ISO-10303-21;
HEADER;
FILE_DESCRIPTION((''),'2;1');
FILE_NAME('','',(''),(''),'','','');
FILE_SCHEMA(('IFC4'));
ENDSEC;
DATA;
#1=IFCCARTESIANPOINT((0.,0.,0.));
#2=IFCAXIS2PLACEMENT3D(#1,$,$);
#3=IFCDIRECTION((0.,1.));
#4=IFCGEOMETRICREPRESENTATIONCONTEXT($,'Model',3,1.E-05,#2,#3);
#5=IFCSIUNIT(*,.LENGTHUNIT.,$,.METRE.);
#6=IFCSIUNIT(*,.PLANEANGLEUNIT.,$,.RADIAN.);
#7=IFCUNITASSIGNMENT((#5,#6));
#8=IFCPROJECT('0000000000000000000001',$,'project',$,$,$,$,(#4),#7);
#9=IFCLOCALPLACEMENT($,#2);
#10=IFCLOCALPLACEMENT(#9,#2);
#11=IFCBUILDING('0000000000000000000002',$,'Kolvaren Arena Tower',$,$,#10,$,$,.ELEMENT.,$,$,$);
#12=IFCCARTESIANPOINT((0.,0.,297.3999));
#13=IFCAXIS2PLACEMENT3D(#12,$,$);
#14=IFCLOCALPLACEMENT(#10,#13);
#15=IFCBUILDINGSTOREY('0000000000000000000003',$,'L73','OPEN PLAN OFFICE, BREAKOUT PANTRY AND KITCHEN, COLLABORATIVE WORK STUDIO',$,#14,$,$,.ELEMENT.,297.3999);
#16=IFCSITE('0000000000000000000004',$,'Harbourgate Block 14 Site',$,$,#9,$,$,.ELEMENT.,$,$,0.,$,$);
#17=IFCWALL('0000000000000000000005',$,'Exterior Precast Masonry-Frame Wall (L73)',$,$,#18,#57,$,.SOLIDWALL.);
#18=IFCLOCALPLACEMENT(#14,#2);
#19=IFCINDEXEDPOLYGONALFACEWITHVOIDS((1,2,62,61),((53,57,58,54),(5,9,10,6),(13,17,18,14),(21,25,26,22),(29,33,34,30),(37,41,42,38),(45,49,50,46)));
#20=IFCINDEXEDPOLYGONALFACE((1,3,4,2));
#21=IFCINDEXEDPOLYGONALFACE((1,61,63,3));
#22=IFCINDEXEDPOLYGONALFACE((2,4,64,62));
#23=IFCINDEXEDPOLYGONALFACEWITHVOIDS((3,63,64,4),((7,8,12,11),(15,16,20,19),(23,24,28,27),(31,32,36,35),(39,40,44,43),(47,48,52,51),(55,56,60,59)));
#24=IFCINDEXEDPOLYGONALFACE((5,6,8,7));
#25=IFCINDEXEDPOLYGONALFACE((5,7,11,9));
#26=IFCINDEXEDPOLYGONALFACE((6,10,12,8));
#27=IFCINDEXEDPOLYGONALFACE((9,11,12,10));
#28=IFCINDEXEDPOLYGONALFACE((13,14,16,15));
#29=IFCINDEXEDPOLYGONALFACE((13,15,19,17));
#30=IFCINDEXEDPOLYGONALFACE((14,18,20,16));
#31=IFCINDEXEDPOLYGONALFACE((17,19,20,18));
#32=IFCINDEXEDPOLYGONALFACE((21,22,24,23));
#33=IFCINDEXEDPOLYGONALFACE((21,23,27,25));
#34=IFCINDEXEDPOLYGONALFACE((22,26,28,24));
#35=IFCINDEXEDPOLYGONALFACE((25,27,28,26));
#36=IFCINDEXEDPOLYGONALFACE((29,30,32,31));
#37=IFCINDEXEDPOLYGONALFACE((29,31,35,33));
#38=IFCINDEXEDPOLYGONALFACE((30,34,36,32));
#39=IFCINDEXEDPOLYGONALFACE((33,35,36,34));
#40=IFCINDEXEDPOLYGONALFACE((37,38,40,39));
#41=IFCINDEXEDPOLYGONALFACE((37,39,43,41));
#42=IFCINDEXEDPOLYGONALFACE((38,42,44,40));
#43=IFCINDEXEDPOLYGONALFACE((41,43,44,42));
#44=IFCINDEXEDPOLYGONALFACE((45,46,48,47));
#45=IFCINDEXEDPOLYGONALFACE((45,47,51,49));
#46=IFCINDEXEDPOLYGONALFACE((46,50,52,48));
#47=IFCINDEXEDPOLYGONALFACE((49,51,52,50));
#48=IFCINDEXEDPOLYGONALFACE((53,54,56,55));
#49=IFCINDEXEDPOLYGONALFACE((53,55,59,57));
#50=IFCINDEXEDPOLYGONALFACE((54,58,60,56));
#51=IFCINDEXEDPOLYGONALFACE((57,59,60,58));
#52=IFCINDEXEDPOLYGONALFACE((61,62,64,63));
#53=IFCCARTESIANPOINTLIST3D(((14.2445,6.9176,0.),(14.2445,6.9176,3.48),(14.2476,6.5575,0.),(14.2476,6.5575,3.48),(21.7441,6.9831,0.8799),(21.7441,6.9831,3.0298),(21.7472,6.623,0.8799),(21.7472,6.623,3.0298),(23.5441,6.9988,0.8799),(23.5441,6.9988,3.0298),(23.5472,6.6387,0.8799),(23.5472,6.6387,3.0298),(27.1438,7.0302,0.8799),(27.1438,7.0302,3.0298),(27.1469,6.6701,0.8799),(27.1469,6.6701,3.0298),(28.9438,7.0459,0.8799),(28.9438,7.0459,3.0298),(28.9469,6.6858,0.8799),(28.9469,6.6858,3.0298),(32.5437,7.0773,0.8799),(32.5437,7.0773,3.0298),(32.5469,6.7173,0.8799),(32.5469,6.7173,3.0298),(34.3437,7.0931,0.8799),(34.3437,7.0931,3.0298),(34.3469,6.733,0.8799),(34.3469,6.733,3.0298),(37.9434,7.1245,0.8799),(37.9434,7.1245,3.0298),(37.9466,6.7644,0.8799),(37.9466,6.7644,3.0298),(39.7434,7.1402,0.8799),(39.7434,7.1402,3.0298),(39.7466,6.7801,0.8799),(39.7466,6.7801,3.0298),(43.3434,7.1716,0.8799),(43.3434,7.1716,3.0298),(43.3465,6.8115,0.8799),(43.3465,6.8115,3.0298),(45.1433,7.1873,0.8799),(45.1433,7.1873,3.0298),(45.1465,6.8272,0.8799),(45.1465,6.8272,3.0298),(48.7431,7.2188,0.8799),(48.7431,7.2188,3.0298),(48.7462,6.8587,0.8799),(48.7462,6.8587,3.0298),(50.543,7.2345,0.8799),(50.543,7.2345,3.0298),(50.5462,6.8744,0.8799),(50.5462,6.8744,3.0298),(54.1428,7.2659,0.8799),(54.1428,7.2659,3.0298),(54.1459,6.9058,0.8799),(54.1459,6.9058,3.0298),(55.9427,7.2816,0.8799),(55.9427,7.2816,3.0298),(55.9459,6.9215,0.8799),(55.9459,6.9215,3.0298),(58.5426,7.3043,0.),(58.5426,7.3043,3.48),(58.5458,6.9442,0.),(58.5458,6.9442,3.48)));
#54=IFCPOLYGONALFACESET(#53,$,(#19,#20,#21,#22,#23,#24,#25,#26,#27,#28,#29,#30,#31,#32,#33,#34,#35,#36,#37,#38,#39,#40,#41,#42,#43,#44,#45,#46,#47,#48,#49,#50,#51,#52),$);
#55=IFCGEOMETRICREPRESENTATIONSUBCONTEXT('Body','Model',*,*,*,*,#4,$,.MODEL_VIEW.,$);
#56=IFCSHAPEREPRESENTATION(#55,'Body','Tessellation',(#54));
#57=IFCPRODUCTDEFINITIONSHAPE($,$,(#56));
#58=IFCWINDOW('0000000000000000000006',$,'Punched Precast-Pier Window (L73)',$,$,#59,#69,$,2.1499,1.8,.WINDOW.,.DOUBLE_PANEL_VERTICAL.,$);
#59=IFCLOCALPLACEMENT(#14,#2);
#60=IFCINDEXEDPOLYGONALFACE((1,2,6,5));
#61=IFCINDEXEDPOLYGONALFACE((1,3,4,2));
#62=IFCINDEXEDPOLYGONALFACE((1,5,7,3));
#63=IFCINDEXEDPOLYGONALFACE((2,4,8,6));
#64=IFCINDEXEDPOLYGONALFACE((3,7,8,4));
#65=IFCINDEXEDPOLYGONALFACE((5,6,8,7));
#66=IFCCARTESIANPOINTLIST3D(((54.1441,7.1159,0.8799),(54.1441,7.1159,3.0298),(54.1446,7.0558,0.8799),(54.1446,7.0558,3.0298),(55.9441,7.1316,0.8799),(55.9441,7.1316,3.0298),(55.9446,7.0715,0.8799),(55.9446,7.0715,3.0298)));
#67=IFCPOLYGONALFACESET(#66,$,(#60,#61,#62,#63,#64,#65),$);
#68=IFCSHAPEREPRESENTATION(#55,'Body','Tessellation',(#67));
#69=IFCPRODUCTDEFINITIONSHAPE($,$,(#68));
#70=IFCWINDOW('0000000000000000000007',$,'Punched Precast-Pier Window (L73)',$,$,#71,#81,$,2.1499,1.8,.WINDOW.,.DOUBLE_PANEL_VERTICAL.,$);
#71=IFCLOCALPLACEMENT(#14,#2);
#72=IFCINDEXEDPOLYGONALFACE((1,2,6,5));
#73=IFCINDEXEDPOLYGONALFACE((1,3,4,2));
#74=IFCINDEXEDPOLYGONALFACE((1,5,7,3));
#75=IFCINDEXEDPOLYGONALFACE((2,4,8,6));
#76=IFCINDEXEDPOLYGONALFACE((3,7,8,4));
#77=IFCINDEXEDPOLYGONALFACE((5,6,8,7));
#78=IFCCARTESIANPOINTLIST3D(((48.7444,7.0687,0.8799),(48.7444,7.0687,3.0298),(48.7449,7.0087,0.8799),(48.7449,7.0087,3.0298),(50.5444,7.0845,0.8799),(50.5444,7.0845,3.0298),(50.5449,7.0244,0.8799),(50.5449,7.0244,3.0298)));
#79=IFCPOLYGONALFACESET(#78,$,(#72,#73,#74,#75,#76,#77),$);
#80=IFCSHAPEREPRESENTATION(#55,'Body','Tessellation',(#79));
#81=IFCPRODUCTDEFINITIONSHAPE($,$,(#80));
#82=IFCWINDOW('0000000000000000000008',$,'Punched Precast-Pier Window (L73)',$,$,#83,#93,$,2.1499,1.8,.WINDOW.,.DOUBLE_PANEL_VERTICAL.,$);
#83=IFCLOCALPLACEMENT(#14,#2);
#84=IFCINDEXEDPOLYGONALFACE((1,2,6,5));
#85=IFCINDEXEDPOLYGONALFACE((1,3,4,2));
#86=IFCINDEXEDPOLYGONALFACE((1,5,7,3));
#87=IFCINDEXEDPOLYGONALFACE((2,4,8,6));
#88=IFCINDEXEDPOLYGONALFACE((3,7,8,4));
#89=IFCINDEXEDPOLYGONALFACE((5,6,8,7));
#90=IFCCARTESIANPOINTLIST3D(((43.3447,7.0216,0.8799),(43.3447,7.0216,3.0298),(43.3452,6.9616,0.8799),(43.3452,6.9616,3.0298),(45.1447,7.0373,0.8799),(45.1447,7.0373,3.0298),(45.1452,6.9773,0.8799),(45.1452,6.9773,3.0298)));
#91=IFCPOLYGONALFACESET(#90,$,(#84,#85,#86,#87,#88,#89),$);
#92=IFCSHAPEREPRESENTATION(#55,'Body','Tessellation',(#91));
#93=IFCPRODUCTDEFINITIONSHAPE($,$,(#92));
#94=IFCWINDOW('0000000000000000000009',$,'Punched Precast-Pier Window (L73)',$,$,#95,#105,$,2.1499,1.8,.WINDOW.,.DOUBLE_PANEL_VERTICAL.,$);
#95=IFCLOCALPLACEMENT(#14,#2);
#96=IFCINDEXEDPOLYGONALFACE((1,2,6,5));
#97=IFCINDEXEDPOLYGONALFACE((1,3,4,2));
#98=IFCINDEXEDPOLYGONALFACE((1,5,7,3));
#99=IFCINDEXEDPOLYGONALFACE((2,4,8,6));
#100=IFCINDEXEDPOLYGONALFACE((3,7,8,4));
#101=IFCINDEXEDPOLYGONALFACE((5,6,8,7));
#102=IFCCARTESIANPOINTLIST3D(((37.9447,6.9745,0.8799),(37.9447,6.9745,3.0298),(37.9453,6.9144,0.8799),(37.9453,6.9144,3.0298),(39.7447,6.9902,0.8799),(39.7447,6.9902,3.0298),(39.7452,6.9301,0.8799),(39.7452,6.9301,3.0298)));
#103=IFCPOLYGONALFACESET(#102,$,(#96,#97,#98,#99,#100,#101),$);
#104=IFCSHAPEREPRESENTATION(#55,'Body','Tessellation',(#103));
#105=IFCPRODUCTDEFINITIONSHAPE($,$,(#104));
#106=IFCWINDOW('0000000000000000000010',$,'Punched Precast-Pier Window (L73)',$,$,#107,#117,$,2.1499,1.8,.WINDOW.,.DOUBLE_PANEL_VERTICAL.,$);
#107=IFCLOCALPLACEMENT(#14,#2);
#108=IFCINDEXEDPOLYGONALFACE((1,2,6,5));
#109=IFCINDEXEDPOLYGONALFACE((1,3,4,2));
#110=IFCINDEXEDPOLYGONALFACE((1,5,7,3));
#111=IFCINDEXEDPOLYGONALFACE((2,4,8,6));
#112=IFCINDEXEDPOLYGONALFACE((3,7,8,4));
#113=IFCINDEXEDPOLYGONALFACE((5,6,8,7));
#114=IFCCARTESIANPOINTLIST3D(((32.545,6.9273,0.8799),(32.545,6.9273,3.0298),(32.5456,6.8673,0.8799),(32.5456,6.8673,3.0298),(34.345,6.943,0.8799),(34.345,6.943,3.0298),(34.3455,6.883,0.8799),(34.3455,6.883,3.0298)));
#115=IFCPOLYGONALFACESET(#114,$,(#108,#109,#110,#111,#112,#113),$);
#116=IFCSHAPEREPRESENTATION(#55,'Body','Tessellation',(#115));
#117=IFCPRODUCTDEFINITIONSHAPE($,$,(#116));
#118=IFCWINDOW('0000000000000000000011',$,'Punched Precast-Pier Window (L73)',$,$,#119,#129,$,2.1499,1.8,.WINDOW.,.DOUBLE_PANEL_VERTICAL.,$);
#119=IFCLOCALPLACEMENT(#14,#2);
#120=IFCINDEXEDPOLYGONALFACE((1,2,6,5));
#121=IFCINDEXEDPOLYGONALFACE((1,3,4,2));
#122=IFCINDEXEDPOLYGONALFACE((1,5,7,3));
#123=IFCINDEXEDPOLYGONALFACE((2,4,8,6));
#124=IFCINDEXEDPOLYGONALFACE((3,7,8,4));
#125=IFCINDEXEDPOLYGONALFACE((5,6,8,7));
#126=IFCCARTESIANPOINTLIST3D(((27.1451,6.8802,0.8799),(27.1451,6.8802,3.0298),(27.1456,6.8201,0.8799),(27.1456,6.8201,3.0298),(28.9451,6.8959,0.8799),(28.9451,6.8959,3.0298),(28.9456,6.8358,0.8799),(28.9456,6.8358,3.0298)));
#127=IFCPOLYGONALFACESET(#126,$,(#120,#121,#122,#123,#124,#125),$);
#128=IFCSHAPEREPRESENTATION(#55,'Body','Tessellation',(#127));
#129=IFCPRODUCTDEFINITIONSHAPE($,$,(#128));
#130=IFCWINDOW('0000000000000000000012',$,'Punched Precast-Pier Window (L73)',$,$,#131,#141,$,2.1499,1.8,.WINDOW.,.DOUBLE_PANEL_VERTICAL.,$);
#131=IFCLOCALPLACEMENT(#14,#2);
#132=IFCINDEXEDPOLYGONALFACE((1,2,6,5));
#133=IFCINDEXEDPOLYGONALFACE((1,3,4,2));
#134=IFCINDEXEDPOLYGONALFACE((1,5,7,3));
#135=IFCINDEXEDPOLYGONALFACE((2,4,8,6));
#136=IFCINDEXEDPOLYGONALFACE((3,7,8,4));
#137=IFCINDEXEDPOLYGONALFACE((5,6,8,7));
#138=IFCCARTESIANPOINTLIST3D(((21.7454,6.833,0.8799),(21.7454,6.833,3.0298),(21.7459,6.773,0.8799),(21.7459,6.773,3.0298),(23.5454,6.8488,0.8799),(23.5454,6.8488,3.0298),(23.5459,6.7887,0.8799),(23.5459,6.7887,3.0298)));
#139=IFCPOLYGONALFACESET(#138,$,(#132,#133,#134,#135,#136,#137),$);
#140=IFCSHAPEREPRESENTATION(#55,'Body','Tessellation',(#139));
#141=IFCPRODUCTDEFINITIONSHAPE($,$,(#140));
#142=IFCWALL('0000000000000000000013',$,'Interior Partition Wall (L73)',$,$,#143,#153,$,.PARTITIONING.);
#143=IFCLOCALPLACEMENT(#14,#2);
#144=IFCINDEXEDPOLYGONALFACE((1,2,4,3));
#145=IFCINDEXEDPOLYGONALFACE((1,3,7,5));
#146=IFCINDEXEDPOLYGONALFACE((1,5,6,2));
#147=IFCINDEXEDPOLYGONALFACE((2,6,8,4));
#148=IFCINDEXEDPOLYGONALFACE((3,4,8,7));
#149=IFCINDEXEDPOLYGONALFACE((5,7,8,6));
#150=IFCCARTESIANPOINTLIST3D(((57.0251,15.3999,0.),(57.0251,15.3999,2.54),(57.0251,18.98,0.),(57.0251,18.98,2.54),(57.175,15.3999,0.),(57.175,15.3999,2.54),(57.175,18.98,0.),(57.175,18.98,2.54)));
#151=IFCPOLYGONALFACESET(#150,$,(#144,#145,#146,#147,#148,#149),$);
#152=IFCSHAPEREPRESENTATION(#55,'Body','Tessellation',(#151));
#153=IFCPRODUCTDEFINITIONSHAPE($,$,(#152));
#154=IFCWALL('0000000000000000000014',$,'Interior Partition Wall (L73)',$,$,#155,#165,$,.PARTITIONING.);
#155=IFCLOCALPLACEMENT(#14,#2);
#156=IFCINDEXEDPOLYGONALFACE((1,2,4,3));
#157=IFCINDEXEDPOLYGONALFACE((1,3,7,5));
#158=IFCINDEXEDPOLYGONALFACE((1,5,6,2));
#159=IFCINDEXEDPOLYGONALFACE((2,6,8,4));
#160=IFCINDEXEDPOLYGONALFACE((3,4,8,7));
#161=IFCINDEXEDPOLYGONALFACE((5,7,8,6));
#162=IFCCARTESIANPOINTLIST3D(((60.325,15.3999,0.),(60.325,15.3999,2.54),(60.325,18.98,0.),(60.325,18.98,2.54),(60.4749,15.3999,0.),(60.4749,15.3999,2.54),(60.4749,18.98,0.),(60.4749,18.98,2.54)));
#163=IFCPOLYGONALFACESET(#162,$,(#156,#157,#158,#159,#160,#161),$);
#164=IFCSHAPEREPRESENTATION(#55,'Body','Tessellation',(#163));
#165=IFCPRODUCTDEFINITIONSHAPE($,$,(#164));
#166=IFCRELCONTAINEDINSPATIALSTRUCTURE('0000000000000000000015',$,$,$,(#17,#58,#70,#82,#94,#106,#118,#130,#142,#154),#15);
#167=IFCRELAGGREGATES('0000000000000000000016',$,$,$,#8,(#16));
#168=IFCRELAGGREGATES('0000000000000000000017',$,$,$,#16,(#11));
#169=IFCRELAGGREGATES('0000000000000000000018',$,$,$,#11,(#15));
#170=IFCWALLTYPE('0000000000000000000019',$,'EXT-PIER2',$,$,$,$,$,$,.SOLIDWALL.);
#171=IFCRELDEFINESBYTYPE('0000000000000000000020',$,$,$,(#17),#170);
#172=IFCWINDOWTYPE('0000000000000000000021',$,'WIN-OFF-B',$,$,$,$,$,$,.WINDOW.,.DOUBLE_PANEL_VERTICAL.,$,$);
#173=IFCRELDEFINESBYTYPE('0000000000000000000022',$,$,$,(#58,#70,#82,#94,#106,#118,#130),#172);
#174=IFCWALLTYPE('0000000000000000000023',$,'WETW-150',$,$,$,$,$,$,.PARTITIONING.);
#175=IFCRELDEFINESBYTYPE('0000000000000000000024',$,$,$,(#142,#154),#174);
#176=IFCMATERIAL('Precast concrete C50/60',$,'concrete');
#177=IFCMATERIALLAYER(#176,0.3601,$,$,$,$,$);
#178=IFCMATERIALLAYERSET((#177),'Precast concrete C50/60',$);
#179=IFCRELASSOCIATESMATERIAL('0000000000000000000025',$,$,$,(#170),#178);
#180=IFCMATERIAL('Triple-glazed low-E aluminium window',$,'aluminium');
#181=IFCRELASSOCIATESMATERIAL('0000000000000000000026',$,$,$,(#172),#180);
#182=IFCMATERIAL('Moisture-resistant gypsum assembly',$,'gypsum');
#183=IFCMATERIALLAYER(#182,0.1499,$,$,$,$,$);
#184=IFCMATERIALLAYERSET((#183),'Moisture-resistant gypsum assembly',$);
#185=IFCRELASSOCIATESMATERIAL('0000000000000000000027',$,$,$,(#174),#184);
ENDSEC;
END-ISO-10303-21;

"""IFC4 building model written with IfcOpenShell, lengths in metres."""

from ifc_helpers import new_model, si_unit, direction, frame, frame_2d, origin, place, context, subcontext, project, spatial, rectangle, extrude, material, layer, layer_set, type_object, element, fill, save


model = new_model("IFC4")

# Units and contexts
model_context = context("Model", 3, precision=1e-05, world=origin(), true_north=direction((0.0, 1.0)))
body_context = subcontext(model_context, "Body", "Model", "MODEL_VIEW")
ifc_project = project(units=[si_unit("LENGTHUNIT", "METRE"), si_unit("PLANEANGLEUNIT", "RADIAN")], contexts=[model_context])

# Site, building, storey
site_placement = place(None, origin())
site = spatial("IfcSite", under=ifc_project, at=site_placement, Name="Harbourgate Block 14 Site", CompositionType="ELEMENT", RefElevation=0.0)
building_placement = place(site_placement, origin())
building = spatial("IfcBuilding", under=site, at=building_placement, Name="Kolvaren Arena Tower", CompositionType="ELEMENT")
storey_placement = place(building_placement, frame((0.0, 0.0, 297.3999)))
storey = spatial("IfcBuildingStorey", under=building, at=storey_placement, Name="L73", Description="OPEN PLAN OFFICE, BREAKOUT PANTRY AND KITCHEN, COLLABORATIVE WORK STUDIO", CompositionType="ELEMENT", Elevation=297.3999)

# Shared definitions
ifc_material_1 = material(Name="Precast concrete C50/60", Category="concrete")

# Shared definitions
ifc_layer_1 = layer(ifc_material_1, 0.3601)
ifc_layer_set_1 = layer_set([ifc_layer_1], Name="Precast concrete C50/60")
wall_type_1 = type_object("IfcWallType", Name="EXT-PIER2", PredefinedType="SOLIDWALL", material=ifc_layer_set_1)

# Wall, openings, windows
wall_1_placement = place(storey_placement, frame((58.5442, 7.1243, 0.0), z_axis=(0.0, 0.0, 1.0), x_axis=(-0.999962, -0.00873, 0.0)))
wall_1 = element("IfcWall", 1, at=wall_1_placement, inside=storey, type_object=wall_type_1, Name="Exterior Precast Masonry-Frame Wall (L73)", PredefinedType="SOLIDWALL", context=body_context, shape_type="SweptSolid", body=[
    extrude(rectangle(XDim=44.2998, YDim=0.3601, at=frame_2d((22.1499, 0.0))), origin(), (0.0, 0.0, 1.0), 3.48),
])
opening_1_placement = place(wall_1_placement, frame((2.6001, 0.0, 0.8799)))
opening_1 = element("IfcOpeningElement", 2, at=opening_1_placement, cuts=wall_1, PredefinedType="OPENING", context=body_context, shape_type="SweptSolid", body=[
    extrude(rectangle(XDim=1.8, YDim=2.1499, at=frame_2d((0.8999, 1.075))), frame((0.0, 0.1899, 0.0), z_axis=(0.0, -1.0, 0.0), x_axis=(1.0, 0.0, 0.0)), (0.0, 0.0, 1.0), 0.3801),
])
opening_2_placement = place(wall_1_placement, frame((8.0, 0.0, 0.8799)))
opening_2 = element("IfcOpeningElement", 3, at=opening_2_placement, cuts=wall_1, PredefinedType="OPENING", context=body_context, shape_type="SweptSolid", body=[
    extrude(rectangle(XDim=1.8, YDim=2.1499, at=frame_2d((0.8999, 1.075))), frame((0.0, 0.1899, 0.0), z_axis=(0.0, -1.0, 0.0), x_axis=(1.0, 0.0, 0.0)), (0.0, 0.0, 1.0), 0.3801),
])
opening_3_placement = place(wall_1_placement, frame((13.3999, 0.0, 0.8799)))
opening_3 = element("IfcOpeningElement", 4, at=opening_3_placement, cuts=wall_1, PredefinedType="OPENING", context=body_context, shape_type="SweptSolid", body=[
    extrude(rectangle(XDim=1.8, YDim=2.1499, at=frame_2d((0.8999, 1.075))), frame((0.0, 0.1899, 0.0), z_axis=(0.0, -1.0, 0.0), x_axis=(1.0, 0.0, 0.0)), (0.0, 0.0, 1.0), 0.3801),
])
opening_4_placement = place(wall_1_placement, frame((18.8, 0.0, 0.8799)))
opening_4 = element("IfcOpeningElement", 5, at=opening_4_placement, cuts=wall_1, PredefinedType="OPENING", context=body_context, shape_type="SweptSolid", body=[
    extrude(rectangle(XDim=1.8, YDim=2.1499, at=frame_2d((0.8999, 1.075))), frame((0.0, 0.1899, 0.0), z_axis=(0.0, -1.0, 0.0), x_axis=(1.0, 0.0, 0.0)), (0.0, 0.0, 1.0), 0.3801),
])
opening_5_placement = place(wall_1_placement, frame((24.2, 0.0, 0.8799)))
opening_5 = element("IfcOpeningElement", 6, at=opening_5_placement, cuts=wall_1, PredefinedType="OPENING", context=body_context, shape_type="SweptSolid", body=[
    extrude(rectangle(XDim=1.8, YDim=2.1499, at=frame_2d((0.8999, 1.075))), frame((0.0, 0.1899, 0.0), z_axis=(0.0, -1.0, 0.0), x_axis=(1.0, 0.0, 0.0)), (0.0, 0.0, 1.0), 0.3801),
])
opening_6_placement = place(wall_1_placement, frame((29.6001, 0.0, 0.8799)))
opening_6 = element("IfcOpeningElement", 7, at=opening_6_placement, cuts=wall_1, PredefinedType="OPENING", context=body_context, shape_type="SweptSolid", body=[
    extrude(rectangle(XDim=1.8, YDim=2.1499, at=frame_2d((0.8999, 1.075))), frame((0.0, 0.1899, 0.0), z_axis=(0.0, -1.0, 0.0), x_axis=(1.0, 0.0, 0.0)), (0.0, 0.0, 1.0), 0.3801),
])
opening_7_placement = place(wall_1_placement, frame((35.0, 0.0, 0.8799)))
opening_7 = element("IfcOpeningElement", 8, at=opening_7_placement, cuts=wall_1, PredefinedType="OPENING", context=body_context, shape_type="SweptSolid", body=[
    extrude(rectangle(XDim=1.8, YDim=2.1499, at=frame_2d((0.8999, 1.075))), frame((0.0, 0.1899, 0.0), z_axis=(0.0, -1.0, 0.0), x_axis=(1.0, 0.0, 0.0)), (0.0, 0.0, 1.0), 0.3801),
])
ifc_material_2 = material(Name="Triple-glazed low-E aluminium window", Category="aluminium")
window_type = type_object("IfcWindowType", Name="WIN-OFF-B", PartitioningType="DOUBLE_PANEL_VERTICAL", PredefinedType="WINDOW", material=ifc_material_2)
window_1_placement = place(opening_1_placement, origin())
window_1 = element("IfcWindow", 9, at=window_1_placement, inside=storey, type_object=window_type, Name="Punched Precast-Pier Window (L73)", OverallHeight=2.1499, OverallWidth=1.8, PartitioningType="DOUBLE_PANEL_VERTICAL", PredefinedType="WINDOW", context=body_context, shape_type="SweptSolid", body=[
    extrude(rectangle(XDim=1.8, YDim=2.1499, at=frame_2d((0.8999, 1.075))), frame((0.0, 0.03, 0.0), z_axis=(0.0, -1.0, 0.0), x_axis=(1.0, 0.0, 0.0)), (0.0, 0.0, 1.0), 0.0601),
])
fill(opening_1, window_1)
window_2_placement = place(opening_2_placement, origin())
window_2 = element("IfcWindow", 10, at=window_2_placement, inside=storey, type_object=window_type, Name="Punched Precast-Pier Window (L73)", OverallHeight=2.1499, OverallWidth=1.8, PartitioningType="DOUBLE_PANEL_VERTICAL", PredefinedType="WINDOW", context=body_context, shape_type="SweptSolid", body=[
    extrude(rectangle(XDim=1.8, YDim=2.1499, at=frame_2d((0.8999, 1.075))), frame((0.0, 0.03, 0.0), z_axis=(0.0, -1.0, 0.0), x_axis=(1.0, 0.0, 0.0)), (0.0, 0.0, 1.0), 0.0601),
])
fill(opening_2, window_2)
window_3_placement = place(opening_3_placement, origin())
window_3 = element("IfcWindow", 11, at=window_3_placement, inside=storey, type_object=window_type, Name="Punched Precast-Pier Window (L73)", OverallHeight=2.1499, OverallWidth=1.8, PartitioningType="DOUBLE_PANEL_VERTICAL", PredefinedType="WINDOW", context=body_context, shape_type="SweptSolid", body=[
    extrude(rectangle(XDim=1.8, YDim=2.1499, at=frame_2d((0.8999, 1.075))), frame((0.0, 0.03, 0.0), z_axis=(0.0, -1.0, 0.0), x_axis=(1.0, 0.0, 0.0)), (0.0, 0.0, 1.0), 0.0601),
])
fill(opening_3, window_3)
window_4_placement = place(opening_4_placement, origin())
window_4 = element("IfcWindow", 12, at=window_4_placement, inside=storey, type_object=window_type, Name="Punched Precast-Pier Window (L73)", OverallHeight=2.1499, OverallWidth=1.8, PartitioningType="DOUBLE_PANEL_VERTICAL", PredefinedType="WINDOW", context=body_context, shape_type="SweptSolid", body=[
    extrude(rectangle(XDim=1.8, YDim=2.1499, at=frame_2d((0.8999, 1.075))), frame((0.0, 0.03, 0.0), z_axis=(0.0, -1.0, 0.0), x_axis=(1.0, 0.0, 0.0)), (0.0, 0.0, 1.0), 0.0601),
])
fill(opening_4, window_4)
window_5_placement = place(opening_5_placement, origin())
window_5 = element("IfcWindow", 13, at=window_5_placement, inside=storey, type_object=window_type, Name="Punched Precast-Pier Window (L73)", OverallHeight=2.1499, OverallWidth=1.8, PartitioningType="DOUBLE_PANEL_VERTICAL", PredefinedType="WINDOW", context=body_context, shape_type="SweptSolid", body=[
    extrude(rectangle(XDim=1.8, YDim=2.1499, at=frame_2d((0.8999, 1.075))), frame((0.0, 0.03, 0.0), z_axis=(0.0, -1.0, 0.0), x_axis=(1.0, 0.0, 0.0)), (0.0, 0.0, 1.0), 0.0601),
])
fill(opening_5, window_5)
window_6_placement = place(opening_6_placement, origin())
window_6 = element("IfcWindow", 14, at=window_6_placement, inside=storey, type_object=window_type, Name="Punched Precast-Pier Window (L73)", OverallHeight=2.1499, OverallWidth=1.8, PartitioningType="DOUBLE_PANEL_VERTICAL", PredefinedType="WINDOW", context=body_context, shape_type="SweptSolid", body=[
    extrude(rectangle(XDim=1.8, YDim=2.1499, at=frame_2d((0.8999, 1.075))), frame((0.0, 0.03, 0.0), z_axis=(0.0, -1.0, 0.0), x_axis=(1.0, 0.0, 0.0)), (0.0, 0.0, 1.0), 0.0601),
])
fill(opening_6, window_6)
window_7_placement = place(opening_7_placement, origin())
window_7 = element("IfcWindow", 15, at=window_7_placement, inside=storey, type_object=window_type, Name="Punched Precast-Pier Window (L73)", OverallHeight=2.1499, OverallWidth=1.8, PartitioningType="DOUBLE_PANEL_VERTICAL", PredefinedType="WINDOW", context=body_context, shape_type="SweptSolid", body=[
    extrude(rectangle(XDim=1.8, YDim=2.1499, at=frame_2d((0.8999, 1.075))), frame((0.0, 0.03, 0.0), z_axis=(0.0, -1.0, 0.0), x_axis=(1.0, 0.0, 0.0)), (0.0, 0.0, 1.0), 0.0601),
])
fill(opening_7, window_7)

# Walls
ifc_material_3 = material(Name="Moisture-resistant gypsum assembly", Category="gypsum")
ifc_layer_2 = layer(ifc_material_3, 0.1499)
ifc_layer_set_2 = layer_set([ifc_layer_2], Name="Moisture-resistant gypsum assembly")
wall_type_2 = type_object("IfcWallType", Name="WETW-150", PredefinedType="PARTITIONING", material=ifc_layer_set_2)
for number, where, z_axis, x_axis, name in (
    (16, (57.1001, 15.3999, 0.0), (0.0, 0.0, 1.0), (0.0, 1.0, 0.0), "Interior Partition Wall (L73)"),
    (17, (60.3999, 15.3999, 0.0), (0.0, 0.0, 1.0), (0.0, 1.0, 0.0), "Interior Partition Wall (L73)"),
):
    element("IfcWall", number, at=place(storey_placement, frame(where, z_axis=z_axis, x_axis=x_axis)), inside=storey, type_object=wall_type_2, Name=name, PredefinedType="PARTITIONING", context=body_context, shape_type="SweptSolid", body=[
        extrude(rectangle(XDim=3.5801, YDim=0.1499, at=frame_2d((1.79, 0.0))), origin(), (0.0, 0.0, 1.0), 2.54),
    ])

save(model, "model.ifc")
